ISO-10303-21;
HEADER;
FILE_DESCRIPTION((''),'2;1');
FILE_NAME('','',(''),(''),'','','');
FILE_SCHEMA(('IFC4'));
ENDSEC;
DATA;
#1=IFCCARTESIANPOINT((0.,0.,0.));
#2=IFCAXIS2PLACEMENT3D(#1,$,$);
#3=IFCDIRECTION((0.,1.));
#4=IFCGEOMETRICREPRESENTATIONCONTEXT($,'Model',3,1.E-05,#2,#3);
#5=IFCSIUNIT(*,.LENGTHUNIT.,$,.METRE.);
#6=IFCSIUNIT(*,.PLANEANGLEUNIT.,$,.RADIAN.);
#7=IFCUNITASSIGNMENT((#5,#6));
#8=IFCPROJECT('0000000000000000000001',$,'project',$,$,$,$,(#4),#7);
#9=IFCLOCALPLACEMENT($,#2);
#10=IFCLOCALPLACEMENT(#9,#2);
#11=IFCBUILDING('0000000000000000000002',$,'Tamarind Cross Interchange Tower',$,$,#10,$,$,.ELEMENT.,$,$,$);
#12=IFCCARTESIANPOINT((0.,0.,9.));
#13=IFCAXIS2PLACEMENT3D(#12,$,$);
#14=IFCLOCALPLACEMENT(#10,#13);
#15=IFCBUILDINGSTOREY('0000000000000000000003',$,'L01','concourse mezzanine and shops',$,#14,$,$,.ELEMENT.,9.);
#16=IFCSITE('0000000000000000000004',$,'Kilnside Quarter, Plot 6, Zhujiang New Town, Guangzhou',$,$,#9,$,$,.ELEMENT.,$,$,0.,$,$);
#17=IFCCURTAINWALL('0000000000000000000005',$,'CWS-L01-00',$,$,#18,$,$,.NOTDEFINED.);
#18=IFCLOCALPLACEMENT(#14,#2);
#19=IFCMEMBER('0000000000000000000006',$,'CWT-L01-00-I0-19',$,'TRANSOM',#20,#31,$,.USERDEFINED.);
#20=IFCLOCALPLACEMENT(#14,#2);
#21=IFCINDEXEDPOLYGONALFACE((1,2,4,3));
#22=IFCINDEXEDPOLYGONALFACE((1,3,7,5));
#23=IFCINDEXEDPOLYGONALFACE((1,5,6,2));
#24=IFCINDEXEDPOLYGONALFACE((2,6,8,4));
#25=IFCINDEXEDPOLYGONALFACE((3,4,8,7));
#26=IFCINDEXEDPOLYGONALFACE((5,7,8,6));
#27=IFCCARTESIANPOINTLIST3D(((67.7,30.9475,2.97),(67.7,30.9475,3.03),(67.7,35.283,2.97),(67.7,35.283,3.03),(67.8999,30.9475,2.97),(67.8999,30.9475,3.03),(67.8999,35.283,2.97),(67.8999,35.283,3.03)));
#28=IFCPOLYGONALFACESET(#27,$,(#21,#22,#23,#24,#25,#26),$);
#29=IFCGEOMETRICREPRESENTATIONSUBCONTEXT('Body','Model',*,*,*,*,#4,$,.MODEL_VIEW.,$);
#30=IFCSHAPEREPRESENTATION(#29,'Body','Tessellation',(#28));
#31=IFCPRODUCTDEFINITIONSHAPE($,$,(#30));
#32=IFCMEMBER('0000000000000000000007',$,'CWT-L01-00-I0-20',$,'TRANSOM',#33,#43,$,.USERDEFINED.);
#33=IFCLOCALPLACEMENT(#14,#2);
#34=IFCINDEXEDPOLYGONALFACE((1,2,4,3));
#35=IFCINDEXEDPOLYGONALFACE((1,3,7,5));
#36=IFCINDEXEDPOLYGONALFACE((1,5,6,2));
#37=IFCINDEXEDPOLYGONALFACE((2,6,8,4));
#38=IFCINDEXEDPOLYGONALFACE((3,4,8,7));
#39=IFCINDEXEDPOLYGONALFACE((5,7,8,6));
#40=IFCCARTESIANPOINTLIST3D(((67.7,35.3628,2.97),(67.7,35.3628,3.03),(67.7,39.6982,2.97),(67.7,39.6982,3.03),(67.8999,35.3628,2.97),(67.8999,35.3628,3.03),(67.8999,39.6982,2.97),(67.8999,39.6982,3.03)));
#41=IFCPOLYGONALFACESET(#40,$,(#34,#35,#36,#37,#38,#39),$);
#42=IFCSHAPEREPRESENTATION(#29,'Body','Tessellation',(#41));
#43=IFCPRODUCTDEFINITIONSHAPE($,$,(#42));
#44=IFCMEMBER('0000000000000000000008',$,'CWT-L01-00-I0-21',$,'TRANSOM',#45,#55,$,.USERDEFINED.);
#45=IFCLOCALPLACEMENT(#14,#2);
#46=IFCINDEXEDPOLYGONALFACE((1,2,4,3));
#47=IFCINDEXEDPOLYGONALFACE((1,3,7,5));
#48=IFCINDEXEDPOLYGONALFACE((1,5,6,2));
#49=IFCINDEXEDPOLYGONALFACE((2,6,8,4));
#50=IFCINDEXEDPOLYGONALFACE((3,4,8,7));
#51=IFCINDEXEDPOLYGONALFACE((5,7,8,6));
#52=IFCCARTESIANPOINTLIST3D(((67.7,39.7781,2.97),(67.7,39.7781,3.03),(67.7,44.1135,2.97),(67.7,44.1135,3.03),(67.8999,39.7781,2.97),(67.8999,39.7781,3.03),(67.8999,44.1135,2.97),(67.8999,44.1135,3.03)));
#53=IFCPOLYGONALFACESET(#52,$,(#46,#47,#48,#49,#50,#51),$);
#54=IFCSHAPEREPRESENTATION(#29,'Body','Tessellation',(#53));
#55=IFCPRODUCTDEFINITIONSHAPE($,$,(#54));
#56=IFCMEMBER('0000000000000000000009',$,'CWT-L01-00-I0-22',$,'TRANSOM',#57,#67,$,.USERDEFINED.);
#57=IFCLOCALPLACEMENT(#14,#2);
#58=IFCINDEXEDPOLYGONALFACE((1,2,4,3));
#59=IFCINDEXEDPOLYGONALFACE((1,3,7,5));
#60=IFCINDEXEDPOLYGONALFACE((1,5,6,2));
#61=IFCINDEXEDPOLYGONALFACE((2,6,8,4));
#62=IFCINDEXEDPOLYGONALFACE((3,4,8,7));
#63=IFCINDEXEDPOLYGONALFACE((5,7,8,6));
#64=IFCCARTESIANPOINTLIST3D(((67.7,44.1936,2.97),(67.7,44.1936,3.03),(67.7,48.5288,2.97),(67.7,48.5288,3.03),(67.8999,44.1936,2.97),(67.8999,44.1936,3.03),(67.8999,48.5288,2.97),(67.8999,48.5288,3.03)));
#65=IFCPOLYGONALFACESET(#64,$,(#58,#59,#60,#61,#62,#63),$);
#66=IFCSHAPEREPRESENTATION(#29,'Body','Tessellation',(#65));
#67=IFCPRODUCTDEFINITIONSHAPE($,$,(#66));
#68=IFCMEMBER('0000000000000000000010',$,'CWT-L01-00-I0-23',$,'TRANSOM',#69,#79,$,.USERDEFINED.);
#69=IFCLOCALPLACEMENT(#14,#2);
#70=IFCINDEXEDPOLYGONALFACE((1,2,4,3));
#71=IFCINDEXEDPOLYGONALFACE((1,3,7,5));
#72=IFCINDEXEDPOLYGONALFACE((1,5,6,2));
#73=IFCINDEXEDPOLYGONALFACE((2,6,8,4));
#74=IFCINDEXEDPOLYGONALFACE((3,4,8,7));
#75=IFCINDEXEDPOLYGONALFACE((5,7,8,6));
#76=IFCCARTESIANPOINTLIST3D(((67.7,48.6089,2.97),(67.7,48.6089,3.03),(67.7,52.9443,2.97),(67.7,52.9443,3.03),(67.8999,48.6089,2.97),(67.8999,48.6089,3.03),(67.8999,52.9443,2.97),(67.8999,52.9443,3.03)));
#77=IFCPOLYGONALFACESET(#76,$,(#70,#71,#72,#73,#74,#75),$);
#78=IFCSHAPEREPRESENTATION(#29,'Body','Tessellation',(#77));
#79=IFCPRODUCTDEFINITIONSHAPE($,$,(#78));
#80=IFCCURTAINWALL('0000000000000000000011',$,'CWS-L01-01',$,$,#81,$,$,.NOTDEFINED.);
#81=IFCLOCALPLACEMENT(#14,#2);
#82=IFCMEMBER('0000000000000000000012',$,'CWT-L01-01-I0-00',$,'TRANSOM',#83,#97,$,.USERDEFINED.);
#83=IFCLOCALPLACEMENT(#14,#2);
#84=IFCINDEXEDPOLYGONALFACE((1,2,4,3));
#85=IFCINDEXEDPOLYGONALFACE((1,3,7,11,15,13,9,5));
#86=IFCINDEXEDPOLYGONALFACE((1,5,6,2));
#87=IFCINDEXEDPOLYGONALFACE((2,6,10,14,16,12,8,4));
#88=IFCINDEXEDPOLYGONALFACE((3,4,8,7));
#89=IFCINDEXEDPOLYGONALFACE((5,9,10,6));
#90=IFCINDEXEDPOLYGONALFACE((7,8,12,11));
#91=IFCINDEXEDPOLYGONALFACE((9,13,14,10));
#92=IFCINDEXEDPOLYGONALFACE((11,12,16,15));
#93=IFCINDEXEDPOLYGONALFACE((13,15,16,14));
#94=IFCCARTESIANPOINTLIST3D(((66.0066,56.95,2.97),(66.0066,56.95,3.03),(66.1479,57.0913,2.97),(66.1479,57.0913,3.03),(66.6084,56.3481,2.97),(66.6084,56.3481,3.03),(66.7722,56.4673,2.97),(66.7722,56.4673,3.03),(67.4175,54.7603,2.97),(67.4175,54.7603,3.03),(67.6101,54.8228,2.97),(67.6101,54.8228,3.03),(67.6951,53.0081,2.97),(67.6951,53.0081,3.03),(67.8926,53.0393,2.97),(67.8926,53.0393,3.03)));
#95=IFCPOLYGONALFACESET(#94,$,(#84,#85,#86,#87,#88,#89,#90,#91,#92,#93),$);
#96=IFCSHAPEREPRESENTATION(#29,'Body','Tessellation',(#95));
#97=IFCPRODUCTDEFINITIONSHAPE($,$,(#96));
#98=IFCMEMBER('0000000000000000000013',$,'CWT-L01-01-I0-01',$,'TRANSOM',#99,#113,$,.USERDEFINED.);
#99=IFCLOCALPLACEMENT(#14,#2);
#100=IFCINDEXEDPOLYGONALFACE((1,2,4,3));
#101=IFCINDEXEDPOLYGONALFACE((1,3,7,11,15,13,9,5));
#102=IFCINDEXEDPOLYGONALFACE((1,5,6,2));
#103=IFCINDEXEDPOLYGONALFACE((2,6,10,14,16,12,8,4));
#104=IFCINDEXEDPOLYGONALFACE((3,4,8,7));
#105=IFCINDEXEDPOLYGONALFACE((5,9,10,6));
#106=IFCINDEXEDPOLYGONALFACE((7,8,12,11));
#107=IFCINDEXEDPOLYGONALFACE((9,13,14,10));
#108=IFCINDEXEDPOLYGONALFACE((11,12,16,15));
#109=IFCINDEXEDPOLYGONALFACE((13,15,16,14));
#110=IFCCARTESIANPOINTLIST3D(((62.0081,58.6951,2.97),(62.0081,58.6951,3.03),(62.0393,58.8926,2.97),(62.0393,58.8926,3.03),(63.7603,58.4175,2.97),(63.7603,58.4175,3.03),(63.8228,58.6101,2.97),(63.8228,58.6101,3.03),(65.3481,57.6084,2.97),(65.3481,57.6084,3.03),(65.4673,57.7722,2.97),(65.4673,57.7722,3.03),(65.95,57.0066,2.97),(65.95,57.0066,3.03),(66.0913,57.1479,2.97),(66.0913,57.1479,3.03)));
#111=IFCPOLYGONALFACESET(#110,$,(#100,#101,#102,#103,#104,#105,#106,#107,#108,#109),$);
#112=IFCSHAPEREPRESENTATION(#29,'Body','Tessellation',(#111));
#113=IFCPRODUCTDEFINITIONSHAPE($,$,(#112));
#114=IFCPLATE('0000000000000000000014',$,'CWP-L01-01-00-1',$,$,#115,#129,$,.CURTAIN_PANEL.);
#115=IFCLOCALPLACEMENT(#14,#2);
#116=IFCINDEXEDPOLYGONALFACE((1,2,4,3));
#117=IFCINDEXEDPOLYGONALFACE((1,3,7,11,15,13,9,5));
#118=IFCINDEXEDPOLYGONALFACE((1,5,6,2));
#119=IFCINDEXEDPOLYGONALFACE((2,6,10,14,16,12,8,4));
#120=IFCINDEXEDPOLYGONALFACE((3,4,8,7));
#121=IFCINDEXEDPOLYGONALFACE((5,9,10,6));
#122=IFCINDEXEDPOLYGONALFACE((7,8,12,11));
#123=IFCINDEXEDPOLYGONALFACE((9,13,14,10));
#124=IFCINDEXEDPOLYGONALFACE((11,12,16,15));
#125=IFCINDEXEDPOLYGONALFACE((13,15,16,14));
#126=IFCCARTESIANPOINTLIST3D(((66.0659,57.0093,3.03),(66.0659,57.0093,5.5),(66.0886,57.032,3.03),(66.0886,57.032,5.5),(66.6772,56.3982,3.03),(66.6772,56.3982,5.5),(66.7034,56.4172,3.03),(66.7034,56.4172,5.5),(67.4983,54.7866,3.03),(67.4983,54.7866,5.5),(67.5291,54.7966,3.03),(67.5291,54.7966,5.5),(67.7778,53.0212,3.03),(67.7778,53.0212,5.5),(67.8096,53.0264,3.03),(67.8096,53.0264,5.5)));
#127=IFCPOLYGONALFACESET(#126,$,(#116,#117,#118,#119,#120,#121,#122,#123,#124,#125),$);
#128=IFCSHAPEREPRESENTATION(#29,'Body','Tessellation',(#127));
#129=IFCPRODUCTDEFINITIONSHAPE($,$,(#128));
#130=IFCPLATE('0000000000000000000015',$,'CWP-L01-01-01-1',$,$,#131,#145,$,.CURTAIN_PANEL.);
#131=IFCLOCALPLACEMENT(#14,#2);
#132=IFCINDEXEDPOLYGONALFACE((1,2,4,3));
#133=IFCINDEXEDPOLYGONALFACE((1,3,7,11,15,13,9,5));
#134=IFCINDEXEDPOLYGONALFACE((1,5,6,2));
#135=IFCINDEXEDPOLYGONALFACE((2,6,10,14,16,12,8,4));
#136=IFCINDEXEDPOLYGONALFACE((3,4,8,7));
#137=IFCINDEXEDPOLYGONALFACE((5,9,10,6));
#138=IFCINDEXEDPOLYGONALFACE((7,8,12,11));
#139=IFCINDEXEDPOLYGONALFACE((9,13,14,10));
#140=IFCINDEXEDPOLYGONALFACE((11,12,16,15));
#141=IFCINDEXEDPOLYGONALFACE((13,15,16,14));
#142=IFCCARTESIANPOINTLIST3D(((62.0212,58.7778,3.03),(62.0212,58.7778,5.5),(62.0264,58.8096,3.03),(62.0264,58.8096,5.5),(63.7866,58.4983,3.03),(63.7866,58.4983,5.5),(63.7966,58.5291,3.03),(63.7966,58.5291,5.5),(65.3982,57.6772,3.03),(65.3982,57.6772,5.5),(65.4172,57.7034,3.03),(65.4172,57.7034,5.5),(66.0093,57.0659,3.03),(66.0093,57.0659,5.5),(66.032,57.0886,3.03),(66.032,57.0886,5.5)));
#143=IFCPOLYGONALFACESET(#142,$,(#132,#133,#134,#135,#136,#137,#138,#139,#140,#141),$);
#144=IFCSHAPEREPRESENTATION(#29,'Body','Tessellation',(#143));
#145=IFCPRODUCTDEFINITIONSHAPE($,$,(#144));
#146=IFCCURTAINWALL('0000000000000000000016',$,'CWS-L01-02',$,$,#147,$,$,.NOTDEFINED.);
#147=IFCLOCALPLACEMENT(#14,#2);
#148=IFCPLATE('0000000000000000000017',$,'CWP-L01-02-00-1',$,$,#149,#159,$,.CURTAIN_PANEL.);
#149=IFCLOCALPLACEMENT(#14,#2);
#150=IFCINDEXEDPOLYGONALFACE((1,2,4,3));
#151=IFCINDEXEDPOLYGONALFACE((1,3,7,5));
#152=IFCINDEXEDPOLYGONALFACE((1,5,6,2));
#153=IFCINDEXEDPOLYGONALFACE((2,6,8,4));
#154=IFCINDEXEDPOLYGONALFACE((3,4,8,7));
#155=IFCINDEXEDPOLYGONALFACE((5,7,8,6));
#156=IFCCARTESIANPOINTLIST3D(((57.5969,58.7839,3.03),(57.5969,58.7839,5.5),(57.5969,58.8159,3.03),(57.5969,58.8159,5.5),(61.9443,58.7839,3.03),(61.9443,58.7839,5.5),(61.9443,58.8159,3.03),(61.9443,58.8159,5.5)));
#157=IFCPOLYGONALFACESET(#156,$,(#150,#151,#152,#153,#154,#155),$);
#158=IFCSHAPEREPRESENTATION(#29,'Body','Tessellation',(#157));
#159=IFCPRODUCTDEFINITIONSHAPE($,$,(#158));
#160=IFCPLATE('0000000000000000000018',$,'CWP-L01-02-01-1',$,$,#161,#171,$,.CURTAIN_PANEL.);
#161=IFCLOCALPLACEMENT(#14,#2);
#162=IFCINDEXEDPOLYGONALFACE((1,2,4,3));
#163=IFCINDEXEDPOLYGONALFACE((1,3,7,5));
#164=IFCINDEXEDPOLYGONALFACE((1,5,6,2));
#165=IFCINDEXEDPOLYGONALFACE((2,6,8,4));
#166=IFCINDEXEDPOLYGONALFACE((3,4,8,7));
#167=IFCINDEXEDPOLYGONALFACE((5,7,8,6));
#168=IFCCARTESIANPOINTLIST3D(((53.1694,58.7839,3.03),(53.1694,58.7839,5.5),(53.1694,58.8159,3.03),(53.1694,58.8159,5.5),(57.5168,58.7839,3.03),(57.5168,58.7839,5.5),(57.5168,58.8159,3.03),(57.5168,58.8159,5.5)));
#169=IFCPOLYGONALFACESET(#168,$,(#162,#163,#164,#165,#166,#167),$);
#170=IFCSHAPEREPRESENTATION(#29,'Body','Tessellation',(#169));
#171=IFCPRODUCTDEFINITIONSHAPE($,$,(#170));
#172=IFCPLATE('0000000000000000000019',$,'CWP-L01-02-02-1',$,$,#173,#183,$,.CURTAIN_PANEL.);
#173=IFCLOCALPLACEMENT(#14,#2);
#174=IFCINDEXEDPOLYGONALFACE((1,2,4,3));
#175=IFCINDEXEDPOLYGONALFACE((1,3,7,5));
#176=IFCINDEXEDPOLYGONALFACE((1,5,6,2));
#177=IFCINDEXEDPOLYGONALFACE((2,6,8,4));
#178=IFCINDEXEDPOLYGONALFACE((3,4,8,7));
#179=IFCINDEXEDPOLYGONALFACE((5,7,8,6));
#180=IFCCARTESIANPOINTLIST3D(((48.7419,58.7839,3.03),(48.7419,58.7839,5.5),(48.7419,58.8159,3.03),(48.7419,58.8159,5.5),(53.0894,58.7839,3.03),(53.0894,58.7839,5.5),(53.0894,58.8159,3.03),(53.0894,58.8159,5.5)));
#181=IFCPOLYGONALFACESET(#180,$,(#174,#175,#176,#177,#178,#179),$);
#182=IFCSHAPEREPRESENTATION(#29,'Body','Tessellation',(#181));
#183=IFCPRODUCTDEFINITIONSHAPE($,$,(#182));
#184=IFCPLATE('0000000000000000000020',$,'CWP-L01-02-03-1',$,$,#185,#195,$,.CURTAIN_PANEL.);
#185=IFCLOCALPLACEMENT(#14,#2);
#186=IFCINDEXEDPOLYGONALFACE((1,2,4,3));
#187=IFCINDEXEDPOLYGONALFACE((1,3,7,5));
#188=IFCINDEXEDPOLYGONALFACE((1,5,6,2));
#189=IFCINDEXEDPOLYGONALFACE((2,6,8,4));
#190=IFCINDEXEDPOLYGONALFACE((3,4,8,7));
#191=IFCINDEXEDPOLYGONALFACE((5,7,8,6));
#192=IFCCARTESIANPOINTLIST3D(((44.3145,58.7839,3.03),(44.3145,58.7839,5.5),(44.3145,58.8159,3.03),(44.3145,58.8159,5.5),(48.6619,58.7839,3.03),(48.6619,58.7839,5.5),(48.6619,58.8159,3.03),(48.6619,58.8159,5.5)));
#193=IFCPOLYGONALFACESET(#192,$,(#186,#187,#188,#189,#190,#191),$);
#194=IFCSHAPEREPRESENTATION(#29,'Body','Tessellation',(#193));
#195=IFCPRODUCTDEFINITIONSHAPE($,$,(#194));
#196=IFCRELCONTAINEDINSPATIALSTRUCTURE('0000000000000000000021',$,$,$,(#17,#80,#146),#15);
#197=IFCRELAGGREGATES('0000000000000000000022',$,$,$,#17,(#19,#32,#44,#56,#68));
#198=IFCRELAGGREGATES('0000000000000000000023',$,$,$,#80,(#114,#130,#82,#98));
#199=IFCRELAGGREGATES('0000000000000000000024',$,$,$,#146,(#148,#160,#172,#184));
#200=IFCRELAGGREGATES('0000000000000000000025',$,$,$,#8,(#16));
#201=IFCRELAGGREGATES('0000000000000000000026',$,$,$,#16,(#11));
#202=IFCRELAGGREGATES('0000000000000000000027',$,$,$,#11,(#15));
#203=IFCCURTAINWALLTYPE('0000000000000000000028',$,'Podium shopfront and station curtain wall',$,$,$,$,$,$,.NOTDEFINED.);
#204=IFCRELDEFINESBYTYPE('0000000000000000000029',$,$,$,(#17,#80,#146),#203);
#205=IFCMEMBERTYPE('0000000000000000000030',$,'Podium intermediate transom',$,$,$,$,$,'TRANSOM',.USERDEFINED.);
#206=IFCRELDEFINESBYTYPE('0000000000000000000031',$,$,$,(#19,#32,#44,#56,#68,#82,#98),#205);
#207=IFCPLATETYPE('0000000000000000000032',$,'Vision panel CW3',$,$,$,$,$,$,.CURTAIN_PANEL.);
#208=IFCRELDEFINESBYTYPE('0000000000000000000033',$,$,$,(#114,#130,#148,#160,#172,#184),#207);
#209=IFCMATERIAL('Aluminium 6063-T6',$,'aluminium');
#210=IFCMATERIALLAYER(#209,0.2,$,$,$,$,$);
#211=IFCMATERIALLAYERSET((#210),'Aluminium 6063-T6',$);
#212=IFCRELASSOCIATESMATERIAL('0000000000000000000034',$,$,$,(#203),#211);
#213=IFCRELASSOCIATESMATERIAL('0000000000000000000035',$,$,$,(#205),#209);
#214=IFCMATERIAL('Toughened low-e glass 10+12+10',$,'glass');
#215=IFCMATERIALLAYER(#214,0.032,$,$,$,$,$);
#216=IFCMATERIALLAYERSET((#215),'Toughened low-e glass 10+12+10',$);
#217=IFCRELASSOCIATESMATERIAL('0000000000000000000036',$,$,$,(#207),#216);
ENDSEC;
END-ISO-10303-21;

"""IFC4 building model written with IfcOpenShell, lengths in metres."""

from ifc_helpers import new_model, si_unit, direction, frame, origin, place, context, subcontext, project, spatial, polyline, outline, extrude, material, layer, layer_set, type_object, element, aggregate, save


model = new_model("IFC4")

# Units and contexts
model_context = context("Model", 3, precision=1e-05, world=origin(), true_north=direction((0.0, 1.0)))
body_context = subcontext(model_context, "Body", "Model", "MODEL_VIEW")
ifc_project = project(units=[si_unit("LENGTHUNIT", "METRE"), si_unit("PLANEANGLEUNIT", "RADIAN")], contexts=[model_context])

# Site, building, storey
site_placement = place(None, origin())
site = spatial("IfcSite", under=ifc_project, at=site_placement, Name="Kilnside Quarter, Plot 6, Zhujiang New Town, Guangzhou", CompositionType="ELEMENT", RefElevation=0.0)
building_placement = place(site_placement, origin())
building = spatial("IfcBuilding", under=site, at=building_placement, Name="Tamarind Cross Interchange Tower", CompositionType="ELEMENT")
storey_placement = place(building_placement, frame((0.0, 0.0, 9.0)))
storey = spatial("IfcBuildingStorey", under=building, at=storey_placement, Name="L01", Description="concourse mezzanine and shops", CompositionType="ELEMENT", Elevation=9.0)

# Curtain wall, members
ifc_material_1 = material(Name="Aluminium 6063-T6", Category="aluminium")
ifc_layer_1 = layer(ifc_material_1, 0.2)
ifc_layer_set_1 = layer_set([ifc_layer_1], Name="Aluminium 6063-T6")
curtain_wall_type = type_object("IfcCurtainWallType", Name="Podium shopfront and station curtain wall", PredefinedType="NOTDEFINED", material=ifc_layer_set_1)
curtain_wall_1_placement = place(storey_placement, origin())
curtain_wall_1 = element("IfcCurtainWall", 1, at=curtain_wall_1_placement, inside=storey, type_object=curtain_wall_type, Name="CWS-L01-00", PredefinedType="NOTDEFINED")
member_type = type_object("IfcMemberType", Name="Podium intermediate transom", ElementType="TRANSOM", PredefinedType="USERDEFINED", material=ifc_material_1)
member_1_placement = place(storey_placement, frame((0.0, 0.0, 2.97)))
member_1 = element("IfcMember", 2, at=member_1_placement, type_object=member_type, Name="CWT-L01-00-I0-19", ObjectType="TRANSOM", PredefinedType="USERDEFINED", context=body_context, shape_type="SweptSolid", body=[
    extrude(outline(polyline([(67.7, 30.9475), (67.7, 35.283), (67.8999, 35.283), (67.8999, 30.9475), (67.7, 30.9475)])), origin(), (0.0, 0.0, 1.0), 0.0601),
])
member_2_placement = place(storey_placement, frame((0.0, 0.0, 2.97)))
member_2 = element("IfcMember", 3, at=member_2_placement, type_object=member_type, Name="CWT-L01-00-I0-20", ObjectType="TRANSOM", PredefinedType="USERDEFINED", context=body_context, shape_type="SweptSolid", body=[
    extrude(outline(polyline([(67.7, 35.3628), (67.7, 39.6982), (67.8999, 39.6982), (67.8999, 35.3628), (67.7, 35.3628)])), origin(), (0.0, 0.0, 1.0), 0.0601),
])
member_3_placement = place(storey_placement, frame((0.0, 0.0, 2.97)))
member_3 = element("IfcMember", 4, at=member_3_placement, type_object=member_type, Name="CWT-L01-00-I0-21", ObjectType="TRANSOM", PredefinedType="USERDEFINED", context=body_context, shape_type="SweptSolid", body=[
    extrude(outline(polyline([(67.7, 39.7781), (67.7, 44.1135), (67.8999, 44.1135), (67.8999, 39.7781), (67.7, 39.7781)])), origin(), (0.0, 0.0, 1.0), 0.0601),
])
member_4_placement = place(storey_placement, frame((0.0, 0.0, 2.97)))
member_4 = element("IfcMember", 5, at=member_4_placement, type_object=member_type, Name="CWT-L01-00-I0-22", ObjectType="TRANSOM", PredefinedType="USERDEFINED", context=body_context, shape_type="SweptSolid", body=[
    extrude(outline(polyline([(67.7, 44.1936), (67.7, 48.5288), (67.8999, 48.5288), (67.8999, 44.1936), (67.7, 44.1936)])), origin(), (0.0, 0.0, 1.0), 0.0601),
])
member_5_placement = place(storey_placement, frame((0.0, 0.0, 2.97)))
member_5 = element("IfcMember", 6, at=member_5_placement, type_object=member_type, Name="CWT-L01-00-I0-23", ObjectType="TRANSOM", PredefinedType="USERDEFINED", context=body_context, shape_type="SweptSolid", body=[
    extrude(outline(polyline([(67.7, 48.6089), (67.7, 52.9443), (67.8999, 52.9443), (67.8999, 48.6089), (67.7, 48.6089)])), origin(), (0.0, 0.0, 1.0), 0.0601),
])
aggregate(curtain_wall_1, [member_1, member_2, member_3, member_4, member_5])

# Curtain wall, members, plates
curtain_wall_2_placement = place(storey_placement, origin())
curtain_wall_2 = element("IfcCurtainWall", 7, at=curtain_wall_2_placement, inside=storey, type_object=curtain_wall_type, Name="CWS-L01-01", PredefinedType="NOTDEFINED")
member_6_placement = place(storey_placement, frame((0.0, 0.0, 2.97)))
member_6 = element("IfcMember", 8, at=member_6_placement, type_object=member_type, Name="CWT-L01-01-I0-00", ObjectType="TRANSOM", PredefinedType="USERDEFINED", context=body_context, shape_type="SweptSolid", body=[
    extrude(outline(polyline([(67.6951, 53.0081), (67.4175, 54.7603), (66.6084, 56.3481), (66.0066, 56.95), (66.1479, 57.0913), (66.7722, 56.4673), (67.6101, 54.8228), (67.8926, 53.0393), (67.6951, 53.0081)])), origin(), (0.0, 0.0, 1.0), 0.0601),
])
member_7_placement = place(storey_placement, frame((0.0, 0.0, 2.97)))
member_7 = element("IfcMember", 9, at=member_7_placement, type_object=member_type, Name="CWT-L01-01-I0-01", ObjectType="TRANSOM", PredefinedType="USERDEFINED", context=body_context, shape_type="SweptSolid", body=[
    extrude(outline(polyline([(65.95, 57.0066), (65.3481, 57.6084), (63.7603, 58.4175), (62.0081, 58.6951), (62.0393, 58.8926), (63.8228, 58.6101), (65.4673, 57.7722), (66.0913, 57.1479), (65.95, 57.0066)])), origin(), (0.0, 0.0, 1.0), 0.0601),
])
ifc_material_2 = material(Name="Toughened low-e glass 10+12+10", Category="glass")
ifc_layer_2 = layer(ifc_material_2, 0.032)
ifc_layer_set_2 = layer_set([ifc_layer_2], Name="Toughened low-e glass 10+12+10")
plate_type = type_object("IfcPlateType", Name="Vision panel CW3", PredefinedType="CURTAIN_PANEL", material=ifc_layer_set_2)
plate_1_placement = place(storey_placement, frame((0.0, 0.0, 3.03)))
plate_1 = element("IfcPlate", 10, at=plate_1_placement, type_object=plate_type, Name="CWP-L01-01-00-1", PredefinedType="CURTAIN_PANEL", context=body_context, shape_type="SweptSolid", body=[
    extrude(outline(polyline([(67.7778, 53.0212), (67.4983, 54.7866), (66.6772, 56.3982), (66.0659, 57.0093), (66.0886, 57.032), (66.7034, 56.4172), (67.5291, 54.7966), (67.8096, 53.0264), (67.7778, 53.0212)])), origin(), (0.0, 0.0, 1.0), 2.47),
])
plate_2_placement = place(storey_placement, frame((0.0, 0.0, 3.03)))
plate_2 = element("IfcPlate", 11, at=plate_2_placement, type_object=plate_type, Name="CWP-L01-01-01-1", PredefinedType="CURTAIN_PANEL", context=body_context, shape_type="SweptSolid", body=[
    extrude(outline(polyline([(66.0093, 57.0659), (65.3982, 57.6772), (63.7866, 58.4983), (62.0212, 58.7778), (62.0264, 58.8096), (63.7966, 58.5291), (65.4172, 57.7034), (66.032, 57.0886), (66.0093, 57.0659)])), origin(), (0.0, 0.0, 1.0), 2.47),
])
aggregate(curtain_wall_2, [plate_1, plate_2, member_6, member_7])

# Curtain wall, plates
curtain_wall_3_placement = place(storey_placement, origin())
curtain_wall_3 = element("IfcCurtainWall", 12, at=curtain_wall_3_placement, inside=storey, type_object=curtain_wall_type, Name="CWS-L01-02", PredefinedType="NOTDEFINED")
plate_3_placement = place(storey_placement, frame((0.0, 0.0, 3.03)))
plate_3 = element("IfcPlate", 13, at=plate_3_placement, type_object=plate_type, Name="CWP-L01-02-00-1", PredefinedType="CURTAIN_PANEL", context=body_context, shape_type="SweptSolid", body=[
    extrude(outline(polyline([(61.9443, 58.7839), (57.5969, 58.7839), (57.5969, 58.8159), (61.9443, 58.8159), (61.9443, 58.7839)])), origin(), (0.0, 0.0, 1.0), 2.47),
])
plate_4_placement = place(storey_placement, frame((0.0, 0.0, 3.03)))
plate_4 = element("IfcPlate", 14, at=plate_4_placement, type_object=plate_type, Name="CWP-L01-02-01-1", PredefinedType="CURTAIN_PANEL", context=body_context, shape_type="SweptSolid", body=[
    extrude(outline(polyline([(57.5168, 58.7839), (53.1694, 58.7839), (53.1694, 58.8159), (57.5168, 58.8159), (57.5168, 58.7839)])), origin(), (0.0, 0.0, 1.0), 2.47),
])
plate_5_placement = place(storey_placement, frame((0.0, 0.0, 3.03)))
plate_5 = element("IfcPlate", 15, at=plate_5_placement, type_object=plate_type, Name="CWP-L01-02-02-1", PredefinedType="CURTAIN_PANEL", context=body_context, shape_type="SweptSolid", body=[
    extrude(outline(polyline([(53.0894, 58.7839), (48.7419, 58.7839), (48.7419, 58.8159), (53.0894, 58.8159), (53.0894, 58.7839)])), origin(), (0.0, 0.0, 1.0), 2.47),
])
plate_6_placement = place(storey_placement, frame((0.0, 0.0, 3.03)))
plate_6 = element("IfcPlate", 16, at=plate_6_placement, type_object=plate_type, Name="CWP-L01-02-03-1", PredefinedType="CURTAIN_PANEL", context=body_context, shape_type="SweptSolid", body=[
    extrude(outline(polyline([(48.6619, 58.7839), (44.3145, 58.7839), (44.3145, 58.8159), (48.6619, 58.8159), (48.6619, 58.7839)])), origin(), (0.0, 0.0, 1.0), 2.47),
])
aggregate(curtain_wall_3, [plate_3, plate_4, plate_5, plate_6])

save(model, "model.ifc")
